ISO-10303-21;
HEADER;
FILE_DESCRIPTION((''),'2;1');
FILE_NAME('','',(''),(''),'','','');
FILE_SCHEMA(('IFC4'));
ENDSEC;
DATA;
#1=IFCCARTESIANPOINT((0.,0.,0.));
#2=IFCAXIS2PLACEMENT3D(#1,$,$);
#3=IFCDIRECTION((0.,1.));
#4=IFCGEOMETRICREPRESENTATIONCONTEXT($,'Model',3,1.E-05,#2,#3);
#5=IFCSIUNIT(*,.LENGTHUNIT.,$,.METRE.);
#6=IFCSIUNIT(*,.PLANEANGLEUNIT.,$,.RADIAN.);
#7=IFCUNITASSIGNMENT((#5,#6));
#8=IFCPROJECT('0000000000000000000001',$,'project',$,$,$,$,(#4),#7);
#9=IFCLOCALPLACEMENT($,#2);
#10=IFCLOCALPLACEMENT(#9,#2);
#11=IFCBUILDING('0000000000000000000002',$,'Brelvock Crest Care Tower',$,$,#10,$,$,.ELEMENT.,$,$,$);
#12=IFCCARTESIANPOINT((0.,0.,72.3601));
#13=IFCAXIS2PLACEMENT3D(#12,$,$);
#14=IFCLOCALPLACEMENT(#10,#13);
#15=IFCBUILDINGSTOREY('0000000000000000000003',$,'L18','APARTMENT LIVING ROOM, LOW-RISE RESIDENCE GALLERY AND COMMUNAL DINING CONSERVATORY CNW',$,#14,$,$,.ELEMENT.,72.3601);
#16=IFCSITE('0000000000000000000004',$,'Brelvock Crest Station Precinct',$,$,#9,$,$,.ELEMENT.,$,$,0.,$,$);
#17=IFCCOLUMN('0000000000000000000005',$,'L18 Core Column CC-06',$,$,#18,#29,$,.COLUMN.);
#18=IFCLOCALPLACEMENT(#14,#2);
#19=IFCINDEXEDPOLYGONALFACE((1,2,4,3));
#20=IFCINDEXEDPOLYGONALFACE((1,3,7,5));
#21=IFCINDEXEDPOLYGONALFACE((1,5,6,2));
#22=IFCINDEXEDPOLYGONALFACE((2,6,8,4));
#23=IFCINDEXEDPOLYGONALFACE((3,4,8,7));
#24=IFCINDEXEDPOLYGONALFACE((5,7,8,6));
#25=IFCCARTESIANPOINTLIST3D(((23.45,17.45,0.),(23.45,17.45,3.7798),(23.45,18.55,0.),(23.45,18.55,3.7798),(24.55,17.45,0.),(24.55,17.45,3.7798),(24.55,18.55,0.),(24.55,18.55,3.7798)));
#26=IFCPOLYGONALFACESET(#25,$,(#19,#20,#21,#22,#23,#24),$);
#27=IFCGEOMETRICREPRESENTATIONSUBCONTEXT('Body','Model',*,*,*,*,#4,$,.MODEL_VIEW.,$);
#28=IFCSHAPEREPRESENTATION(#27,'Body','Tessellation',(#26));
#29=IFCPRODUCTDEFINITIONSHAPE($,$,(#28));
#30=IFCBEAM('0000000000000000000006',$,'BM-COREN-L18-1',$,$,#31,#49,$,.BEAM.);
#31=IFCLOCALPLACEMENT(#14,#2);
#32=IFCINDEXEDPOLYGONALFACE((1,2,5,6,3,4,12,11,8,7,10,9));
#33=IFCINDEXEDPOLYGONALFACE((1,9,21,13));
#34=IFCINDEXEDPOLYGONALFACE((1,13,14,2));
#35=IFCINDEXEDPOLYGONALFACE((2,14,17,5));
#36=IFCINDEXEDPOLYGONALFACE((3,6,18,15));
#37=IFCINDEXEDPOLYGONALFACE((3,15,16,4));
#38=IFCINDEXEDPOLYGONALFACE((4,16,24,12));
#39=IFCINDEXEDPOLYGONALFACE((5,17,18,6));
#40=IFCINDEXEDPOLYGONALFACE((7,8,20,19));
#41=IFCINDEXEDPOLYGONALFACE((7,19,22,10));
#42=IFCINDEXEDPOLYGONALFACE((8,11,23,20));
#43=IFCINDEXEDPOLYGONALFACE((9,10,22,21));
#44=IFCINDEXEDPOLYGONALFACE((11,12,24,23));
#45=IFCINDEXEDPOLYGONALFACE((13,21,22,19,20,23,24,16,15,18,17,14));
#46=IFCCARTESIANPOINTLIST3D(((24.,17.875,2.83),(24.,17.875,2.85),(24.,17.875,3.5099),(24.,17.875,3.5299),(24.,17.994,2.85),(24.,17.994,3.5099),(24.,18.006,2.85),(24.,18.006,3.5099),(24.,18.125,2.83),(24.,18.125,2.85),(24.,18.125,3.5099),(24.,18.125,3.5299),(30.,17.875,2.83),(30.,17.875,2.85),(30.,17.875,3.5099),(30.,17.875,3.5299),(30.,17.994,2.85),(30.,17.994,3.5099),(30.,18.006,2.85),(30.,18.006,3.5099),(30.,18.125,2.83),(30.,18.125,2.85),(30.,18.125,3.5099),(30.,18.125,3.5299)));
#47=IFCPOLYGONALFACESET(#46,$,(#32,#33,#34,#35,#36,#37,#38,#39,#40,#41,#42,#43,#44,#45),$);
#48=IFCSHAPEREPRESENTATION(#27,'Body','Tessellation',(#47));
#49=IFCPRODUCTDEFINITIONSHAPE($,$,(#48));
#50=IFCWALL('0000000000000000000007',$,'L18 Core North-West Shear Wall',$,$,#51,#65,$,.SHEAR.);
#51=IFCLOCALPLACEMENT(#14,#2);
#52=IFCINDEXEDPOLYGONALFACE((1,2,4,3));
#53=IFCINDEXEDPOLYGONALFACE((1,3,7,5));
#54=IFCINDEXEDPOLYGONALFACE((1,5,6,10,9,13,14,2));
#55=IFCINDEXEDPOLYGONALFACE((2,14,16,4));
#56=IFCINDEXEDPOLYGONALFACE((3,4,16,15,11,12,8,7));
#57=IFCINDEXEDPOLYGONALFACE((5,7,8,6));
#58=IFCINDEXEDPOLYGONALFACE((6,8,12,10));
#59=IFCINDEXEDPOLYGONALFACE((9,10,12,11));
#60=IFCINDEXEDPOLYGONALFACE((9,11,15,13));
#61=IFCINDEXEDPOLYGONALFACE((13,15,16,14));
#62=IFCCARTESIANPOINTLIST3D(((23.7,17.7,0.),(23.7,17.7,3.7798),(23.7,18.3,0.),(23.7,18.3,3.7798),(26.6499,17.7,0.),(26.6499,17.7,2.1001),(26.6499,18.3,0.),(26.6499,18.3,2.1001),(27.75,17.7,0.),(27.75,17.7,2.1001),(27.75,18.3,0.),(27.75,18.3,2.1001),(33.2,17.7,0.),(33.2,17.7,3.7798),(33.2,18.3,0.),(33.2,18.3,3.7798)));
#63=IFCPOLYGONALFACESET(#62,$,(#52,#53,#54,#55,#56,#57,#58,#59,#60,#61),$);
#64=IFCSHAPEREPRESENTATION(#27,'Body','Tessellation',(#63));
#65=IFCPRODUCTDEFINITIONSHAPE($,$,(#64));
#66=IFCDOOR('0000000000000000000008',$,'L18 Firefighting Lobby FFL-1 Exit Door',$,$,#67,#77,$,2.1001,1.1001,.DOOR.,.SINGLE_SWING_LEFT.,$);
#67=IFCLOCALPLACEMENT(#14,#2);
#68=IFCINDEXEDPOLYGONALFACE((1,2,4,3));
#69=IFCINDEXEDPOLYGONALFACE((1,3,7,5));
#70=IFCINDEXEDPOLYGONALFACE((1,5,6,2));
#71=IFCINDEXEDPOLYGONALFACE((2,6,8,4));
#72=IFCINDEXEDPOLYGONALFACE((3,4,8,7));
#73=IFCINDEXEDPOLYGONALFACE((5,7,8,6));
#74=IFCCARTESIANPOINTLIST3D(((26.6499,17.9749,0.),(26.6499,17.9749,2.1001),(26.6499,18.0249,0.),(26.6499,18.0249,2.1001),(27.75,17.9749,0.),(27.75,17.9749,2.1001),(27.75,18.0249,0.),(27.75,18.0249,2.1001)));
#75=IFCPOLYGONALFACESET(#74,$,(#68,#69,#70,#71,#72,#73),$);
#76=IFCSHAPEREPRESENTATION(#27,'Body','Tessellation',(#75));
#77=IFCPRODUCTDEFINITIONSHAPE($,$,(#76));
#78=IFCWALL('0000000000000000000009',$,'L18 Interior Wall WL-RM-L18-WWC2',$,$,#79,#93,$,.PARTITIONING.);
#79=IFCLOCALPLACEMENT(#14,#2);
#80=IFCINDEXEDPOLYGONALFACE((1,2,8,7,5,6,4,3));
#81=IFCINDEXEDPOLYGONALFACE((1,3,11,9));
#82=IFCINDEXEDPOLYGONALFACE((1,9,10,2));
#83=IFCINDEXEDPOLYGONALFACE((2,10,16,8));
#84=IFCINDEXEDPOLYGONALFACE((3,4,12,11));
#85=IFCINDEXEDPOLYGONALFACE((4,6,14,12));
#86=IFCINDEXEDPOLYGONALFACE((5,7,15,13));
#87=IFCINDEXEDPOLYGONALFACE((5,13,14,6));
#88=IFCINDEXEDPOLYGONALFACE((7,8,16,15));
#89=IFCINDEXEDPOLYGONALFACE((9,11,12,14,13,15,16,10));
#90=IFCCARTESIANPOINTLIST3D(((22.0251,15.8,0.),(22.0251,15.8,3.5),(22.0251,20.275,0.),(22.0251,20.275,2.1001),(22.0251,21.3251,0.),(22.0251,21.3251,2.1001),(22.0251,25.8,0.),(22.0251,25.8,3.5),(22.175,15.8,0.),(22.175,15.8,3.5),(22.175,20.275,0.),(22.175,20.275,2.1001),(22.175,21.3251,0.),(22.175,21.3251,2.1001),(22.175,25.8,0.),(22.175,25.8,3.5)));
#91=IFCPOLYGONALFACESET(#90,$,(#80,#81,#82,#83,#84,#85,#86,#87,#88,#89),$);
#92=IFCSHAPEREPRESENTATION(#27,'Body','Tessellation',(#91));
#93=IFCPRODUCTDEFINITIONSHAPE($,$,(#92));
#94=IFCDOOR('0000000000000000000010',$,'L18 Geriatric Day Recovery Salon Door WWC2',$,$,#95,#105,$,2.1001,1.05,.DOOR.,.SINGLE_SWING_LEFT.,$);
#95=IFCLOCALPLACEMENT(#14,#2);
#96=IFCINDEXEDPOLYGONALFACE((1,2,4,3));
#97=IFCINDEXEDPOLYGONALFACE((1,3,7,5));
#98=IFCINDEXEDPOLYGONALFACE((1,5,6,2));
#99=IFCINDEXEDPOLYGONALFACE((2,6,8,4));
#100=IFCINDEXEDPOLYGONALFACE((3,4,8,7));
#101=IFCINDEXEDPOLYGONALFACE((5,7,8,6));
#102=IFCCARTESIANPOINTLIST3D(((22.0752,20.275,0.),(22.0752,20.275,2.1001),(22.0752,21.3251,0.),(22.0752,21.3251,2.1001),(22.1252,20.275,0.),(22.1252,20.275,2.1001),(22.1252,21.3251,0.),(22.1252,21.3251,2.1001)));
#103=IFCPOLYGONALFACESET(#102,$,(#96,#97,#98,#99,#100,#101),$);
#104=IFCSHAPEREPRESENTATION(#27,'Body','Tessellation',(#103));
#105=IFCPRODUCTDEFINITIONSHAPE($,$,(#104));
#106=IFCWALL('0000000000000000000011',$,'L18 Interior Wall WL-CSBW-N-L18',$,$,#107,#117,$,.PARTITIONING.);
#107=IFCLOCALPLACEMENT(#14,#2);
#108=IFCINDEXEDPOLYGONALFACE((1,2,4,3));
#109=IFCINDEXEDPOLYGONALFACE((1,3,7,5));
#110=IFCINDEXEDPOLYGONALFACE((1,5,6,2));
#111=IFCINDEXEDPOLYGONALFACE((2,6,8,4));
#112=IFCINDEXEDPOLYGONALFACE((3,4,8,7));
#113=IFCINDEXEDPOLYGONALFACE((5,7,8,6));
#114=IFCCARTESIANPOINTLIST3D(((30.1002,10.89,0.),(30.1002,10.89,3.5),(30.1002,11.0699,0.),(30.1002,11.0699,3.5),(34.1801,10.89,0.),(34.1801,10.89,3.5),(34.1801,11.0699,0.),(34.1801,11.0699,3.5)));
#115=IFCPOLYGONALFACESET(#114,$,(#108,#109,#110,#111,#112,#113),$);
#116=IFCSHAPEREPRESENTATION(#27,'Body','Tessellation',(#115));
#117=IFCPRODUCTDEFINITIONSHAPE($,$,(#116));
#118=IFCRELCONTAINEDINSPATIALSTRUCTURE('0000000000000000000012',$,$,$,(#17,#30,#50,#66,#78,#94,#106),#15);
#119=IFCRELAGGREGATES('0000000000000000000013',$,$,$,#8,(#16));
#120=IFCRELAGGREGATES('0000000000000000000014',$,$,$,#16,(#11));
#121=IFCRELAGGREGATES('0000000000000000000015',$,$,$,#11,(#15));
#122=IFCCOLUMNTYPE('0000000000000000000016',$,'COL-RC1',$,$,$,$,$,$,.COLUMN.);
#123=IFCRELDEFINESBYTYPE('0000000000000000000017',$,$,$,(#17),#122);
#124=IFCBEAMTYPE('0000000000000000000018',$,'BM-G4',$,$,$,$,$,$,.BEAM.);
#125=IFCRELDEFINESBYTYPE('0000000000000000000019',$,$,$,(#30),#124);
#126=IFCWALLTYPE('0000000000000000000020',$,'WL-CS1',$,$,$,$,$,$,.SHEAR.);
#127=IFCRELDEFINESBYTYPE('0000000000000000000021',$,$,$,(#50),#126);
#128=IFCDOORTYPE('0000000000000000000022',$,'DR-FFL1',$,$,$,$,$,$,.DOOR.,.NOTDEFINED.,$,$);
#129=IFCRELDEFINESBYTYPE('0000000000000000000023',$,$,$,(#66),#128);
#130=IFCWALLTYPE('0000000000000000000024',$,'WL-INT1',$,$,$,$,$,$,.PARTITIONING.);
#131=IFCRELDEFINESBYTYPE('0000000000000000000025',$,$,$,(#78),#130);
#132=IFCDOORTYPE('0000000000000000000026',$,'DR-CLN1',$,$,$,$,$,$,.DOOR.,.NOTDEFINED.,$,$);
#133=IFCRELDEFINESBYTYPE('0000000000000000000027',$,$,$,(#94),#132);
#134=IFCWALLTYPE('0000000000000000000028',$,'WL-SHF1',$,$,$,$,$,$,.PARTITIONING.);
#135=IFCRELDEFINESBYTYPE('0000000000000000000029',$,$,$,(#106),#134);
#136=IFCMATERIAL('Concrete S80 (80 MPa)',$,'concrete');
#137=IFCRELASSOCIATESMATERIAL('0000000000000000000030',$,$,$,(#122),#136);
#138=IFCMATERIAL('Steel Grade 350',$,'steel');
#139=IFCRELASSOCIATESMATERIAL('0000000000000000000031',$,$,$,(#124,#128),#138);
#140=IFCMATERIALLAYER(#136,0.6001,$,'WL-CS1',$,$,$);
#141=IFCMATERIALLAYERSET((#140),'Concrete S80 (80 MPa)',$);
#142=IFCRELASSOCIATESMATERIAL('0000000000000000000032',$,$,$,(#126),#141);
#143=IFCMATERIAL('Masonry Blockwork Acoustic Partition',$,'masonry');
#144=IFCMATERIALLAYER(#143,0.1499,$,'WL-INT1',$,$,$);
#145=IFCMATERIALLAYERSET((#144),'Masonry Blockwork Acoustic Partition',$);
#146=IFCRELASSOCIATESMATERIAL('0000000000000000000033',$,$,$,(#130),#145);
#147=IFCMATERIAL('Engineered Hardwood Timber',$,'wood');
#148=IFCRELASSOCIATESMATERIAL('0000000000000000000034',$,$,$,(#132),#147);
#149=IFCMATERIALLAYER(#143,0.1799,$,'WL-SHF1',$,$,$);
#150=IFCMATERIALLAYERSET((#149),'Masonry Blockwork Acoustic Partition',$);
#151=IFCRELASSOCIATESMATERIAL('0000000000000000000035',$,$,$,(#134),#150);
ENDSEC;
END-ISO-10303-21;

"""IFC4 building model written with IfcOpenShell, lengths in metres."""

from ifc_helpers import new_model, si_unit, direction, frame, frame_2d, origin, origin_2d, place, context, subcontext, project, spatial, rectangle, i_section, extrude, source, transform, mapped, material, layer, layer_set, material_profile, profile_set, type_object, element, fill, save


model = new_model("IFC4")

# Units and contexts
model_context = context("Model", 3, precision=1e-05, world=origin(), true_north=direction((0.0, 1.0)))
body_context = subcontext(model_context, "Body", "Model", "MODEL_VIEW")
ifc_project = project(units=[si_unit("LENGTHUNIT", "METRE"), si_unit("PLANEANGLEUNIT", "RADIAN")], contexts=[model_context])

# Site, building, storey
site_placement = place(None, origin())
site = spatial("IfcSite", under=ifc_project, at=site_placement, Name="Brelvock Crest Station Precinct", CompositionType="ELEMENT", RefElevation=0.0)
building_placement = place(site_placement, origin())
building = spatial("IfcBuilding", under=site, at=building_placement, Name="Brelvock Crest Care Tower", CompositionType="ELEMENT")
storey_placement = place(building_placement, frame((0.0, 0.0, 72.3601)))
storey = spatial("IfcBuildingStorey", under=building, at=storey_placement, Name="L18", Description="APARTMENT LIVING ROOM, LOW-RISE RESIDENCE GALLERY AND COMMUNAL DINING CONSERVATORY CNW", CompositionType="ELEMENT", Elevation=72.3601)

# Column
ifc_material_1 = material(Name="Concrete S80 (80 MPa)", Category="concrete")
ifc_material_profile_1 = material_profile(ifc_material_1, rectangle(XDim=1.1001, YDim=1.1001, at=origin_2d()), Name="RC1100x1100")
ifc_profile_set_1 = profile_set([ifc_material_profile_1], Name="Concrete S80 (80 MPa)")
column_type = type_object("IfcColumnType", Name="COL-RC1", PredefinedType="COLUMN", material=ifc_profile_set_1)
shared_shape_1 = source(origin(), body_context, "Body", "SweptSolid", [
    extrude(rectangle(XDim=1.1001, YDim=1.1001, at=origin_2d()), origin(), (0.0, 0.0, 1.0), 3.7798),
])
column_placement = place(storey_placement, frame((24.0, 18.0, 0.0), z_axis=(0.0, 0.0, 1.0), x_axis=(1.0, 0.0, 0.0)))
element("IfcColumn", 1, at=column_placement, inside=storey, type_object=column_type, Name="L18 Core Column CC-06", PredefinedType="COLUMN", context=body_context, shape_type="MappedRepresentation", body=[
    mapped(shared_shape_1, transform((0.0, 0.0, 0.0), x_axis=(1.0, 0.0, 0.0), y_axis=(0.0, 1.0, 0.0), z_axis=(0.0, 0.0, 1.0), scale=1.0)),
])

# Beam
ifc_material_2 = material(Name="Steel Grade 350", Category="steel")
ifc_material_profile_2 = material_profile(ifc_material_2, i_section(OverallWidth=0.25, OverallDepth=0.7, WebThickness=0.012, FlangeThickness=0.02, at=origin_2d()), Name="700WB150")
ifc_profile_set_2 = profile_set([ifc_material_profile_2], Name="Steel Grade 350")
beam_type = type_object("IfcBeamType", Name="BM-G4", PredefinedType="BEAM", material=ifc_profile_set_2)
shared_shape_2 = source(origin(), body_context, "Body", "SweptSolid", [
    extrude(i_section(OverallWidth=0.25, OverallDepth=0.7, WebThickness=0.012, FlangeThickness=0.02, at=origin_2d()), origin(), (0.0, 0.0, 1.0), 6.0),
])
beam_placement = place(storey_placement, frame((24.0, 18.0, 3.1799), z_axis=(1.0, 0.0, 0.0), x_axis=(0.0, 1.0, 0.0)))
element("IfcBeam", 2, at=beam_placement, inside=storey, type_object=beam_type, Name="BM-COREN-L18-1", PredefinedType="BEAM", context=body_context, shape_type="MappedRepresentation", body=[
    mapped(shared_shape_2, transform((0.0, 0.0, 0.0), x_axis=(1.0, 0.0, 0.0), y_axis=(0.0, 1.0, 0.0), z_axis=(0.0, 0.0, 1.0), scale=1.0)),
])

# Walls, openings, doors
ifc_layer_1 = layer(ifc_material_1, 0.6001, Name="WL-CS1")
ifc_layer_set_1 = layer_set([ifc_layer_1], Name="Concrete S80 (80 MPa)")
wall_type_1 = type_object("IfcWallType", Name="WL-CS1", PredefinedType="SHEAR", material=ifc_layer_set_1)
wall_1_placement = place(storey_placement, frame((23.7, 18.0, 0.0), z_axis=(0.0, 0.0, 1.0), x_axis=(1.0, 0.0, 0.0)))
wall_1 = element("IfcWall", 3, at=wall_1_placement, inside=storey, type_object=wall_type_1, Name="L18 Core North-West Shear Wall", PredefinedType="SHEAR", context=body_context, shape_type="SweptSolid", body=[
    extrude(rectangle(XDim=9.5, YDim=0.6001, at=frame_2d((4.75, 0.0))), origin(), (0.0, 0.0, 1.0), 3.7798),
])
opening_1_placement = place(wall_1_placement, frame((2.95, 0.0, 0.0)))
opening_1 = element("IfcOpeningElement", 4, at=opening_1_placement, cuts=wall_1, PredefinedType="OPENING", context=body_context, shape_type="SweptSolid", body=[
    extrude(rectangle(XDim=1.1001, YDim=2.1001, at=origin_2d()), frame((0.55, 0.3101, 1.05), z_axis=(0.0, -1.0, 0.0), x_axis=(1.0, 0.0, 0.0)), (0.0, 0.0, 1.0), 0.6201),
])
door_type_1 = type_object("IfcDoorType", Name="DR-FFL1", OperationType="NOTDEFINED", PredefinedType="DOOR", material=ifc_material_2)
shared_shape_3 = source(origin(), body_context, "Body", "SweptSolid", [
    extrude(rectangle(XDim=1.1001, YDim=2.1001, at=origin_2d()), frame((0.55, 0.0249, 1.05), z_axis=(0.0, -1.0, 0.0), x_axis=(1.0, 0.0, 0.0)), (0.0, 0.0, 1.0), 0.05),
])
door_1_placement = place(opening_1_placement, origin())
door_1 = element("IfcDoor", 5, at=door_1_placement, inside=storey, type_object=door_type_1, Name="L18 Firefighting Lobby FFL-1 Exit Door", OperationType="SINGLE_SWING_LEFT", OverallHeight=2.1001, OverallWidth=1.1001, PredefinedType="DOOR", context=body_context, shape_type="MappedRepresentation", body=[
    mapped(shared_shape_3, transform((0.0, 0.0, 0.0), x_axis=(1.0, 0.0, 0.0), y_axis=(0.0, 1.0, 0.0), z_axis=(0.0, 0.0, 1.0), scale=1.0)),
])
fill(opening_1, door_1)
ifc_material_3 = material(Name="Masonry Blockwork Acoustic Partition", Category="masonry")
ifc_layer_2 = layer(ifc_material_3, 0.1499, Name="WL-INT1")
ifc_layer_set_2 = layer_set([ifc_layer_2], Name="Masonry Blockwork Acoustic Partition")
wall_type_2 = type_object("IfcWallType", Name="WL-INT1", PredefinedType="PARTITIONING", material=ifc_layer_set_2)
wall_2_placement = place(storey_placement, frame((22.1001, 15.8, 0.0), z_axis=(0.0, 0.0, 1.0), x_axis=(0.0, 1.0, 0.0)))
wall_2 = element("IfcWall", 6, at=wall_2_placement, inside=storey, type_object=wall_type_2, Name="L18 Interior Wall WL-RM-L18-WWC2", PredefinedType="PARTITIONING", context=body_context, shape_type="SweptSolid", body=[
    extrude(rectangle(XDim=10.0, YDim=0.1499, at=frame_2d((5.0, 0.0))), origin(), (0.0, 0.0, 1.0), 3.5),
])
opening_2_placement = place(wall_2_placement, frame((4.4751, 0.0, 0.0)))
opening_2 = element("IfcOpeningElement", 7, at=opening_2_placement, cuts=wall_2, PredefinedType="OPENING", context=body_context, shape_type="SweptSolid", body=[
    extrude(rectangle(XDim=1.05, YDim=2.1001, at=origin_2d()), frame((0.5249, 0.085, 1.05), z_axis=(0.0, -1.0, 0.0), x_axis=(1.0, 0.0, 0.0)), (0.0, 0.0, 1.0), 0.1699),
])
ifc_material_4 = material(Name="Engineered Hardwood Timber", Category="wood")
door_type_2 = type_object("IfcDoorType", Name="DR-CLN1", OperationType="NOTDEFINED", PredefinedType="DOOR", material=ifc_material_4)
shared_shape_4 = source(origin(), body_context, "Body", "SweptSolid", [
    extrude(rectangle(XDim=1.05, YDim=2.1001, at=origin_2d()), frame((0.5249, 0.0249, 1.05), z_axis=(0.0, -1.0, 0.0), x_axis=(1.0, 0.0, 0.0)), (0.0, 0.0, 1.0), 0.05),
])
door_2_placement = place(opening_2_placement, origin())
door_2 = element("IfcDoor", 8, at=door_2_placement, inside=storey, type_object=door_type_2, Name="L18 Geriatric Day Recovery Salon Door WWC2", OperationType="SINGLE_SWING_LEFT", OverallHeight=2.1001, OverallWidth=1.05, PredefinedType="DOOR", context=body_context, shape_type="MappedRepresentation", body=[
    mapped(shared_shape_4, transform((0.0, 0.0, 0.0), x_axis=(1.0, 0.0, 0.0), y_axis=(0.0, 1.0, 0.0), z_axis=(0.0, 0.0, 1.0), scale=1.0)),
])
fill(opening_2, door_2)

# Wall
ifc_layer_3 = layer(ifc_material_3, 0.1799, Name="WL-SHF1")
ifc_layer_set_3 = layer_set([ifc_layer_3], Name="Masonry Blockwork Acoustic Partition")
wall_type_3 = type_object("IfcWallType", Name="WL-SHF1", PredefinedType="PARTITIONING", material=ifc_layer_set_3)
wall_3_placement = place(storey_placement, frame((30.1001, 10.98, 0.0), z_axis=(0.0, 0.0, 1.0), x_axis=(1.0, 0.0, 0.0)))
element("IfcWall", 9, at=wall_3_placement, inside=storey, type_object=wall_type_3, Name="L18 Interior Wall WL-CSBW-N-L18", PredefinedType="PARTITIONING", context=body_context, shape_type="SweptSolid", body=[
    extrude(rectangle(XDim=4.0798, YDim=0.1799, at=frame_2d((2.04, 0.0))), origin(), (0.0, 0.0, 1.0), 3.5),
])

save(model, "model.ifc")
